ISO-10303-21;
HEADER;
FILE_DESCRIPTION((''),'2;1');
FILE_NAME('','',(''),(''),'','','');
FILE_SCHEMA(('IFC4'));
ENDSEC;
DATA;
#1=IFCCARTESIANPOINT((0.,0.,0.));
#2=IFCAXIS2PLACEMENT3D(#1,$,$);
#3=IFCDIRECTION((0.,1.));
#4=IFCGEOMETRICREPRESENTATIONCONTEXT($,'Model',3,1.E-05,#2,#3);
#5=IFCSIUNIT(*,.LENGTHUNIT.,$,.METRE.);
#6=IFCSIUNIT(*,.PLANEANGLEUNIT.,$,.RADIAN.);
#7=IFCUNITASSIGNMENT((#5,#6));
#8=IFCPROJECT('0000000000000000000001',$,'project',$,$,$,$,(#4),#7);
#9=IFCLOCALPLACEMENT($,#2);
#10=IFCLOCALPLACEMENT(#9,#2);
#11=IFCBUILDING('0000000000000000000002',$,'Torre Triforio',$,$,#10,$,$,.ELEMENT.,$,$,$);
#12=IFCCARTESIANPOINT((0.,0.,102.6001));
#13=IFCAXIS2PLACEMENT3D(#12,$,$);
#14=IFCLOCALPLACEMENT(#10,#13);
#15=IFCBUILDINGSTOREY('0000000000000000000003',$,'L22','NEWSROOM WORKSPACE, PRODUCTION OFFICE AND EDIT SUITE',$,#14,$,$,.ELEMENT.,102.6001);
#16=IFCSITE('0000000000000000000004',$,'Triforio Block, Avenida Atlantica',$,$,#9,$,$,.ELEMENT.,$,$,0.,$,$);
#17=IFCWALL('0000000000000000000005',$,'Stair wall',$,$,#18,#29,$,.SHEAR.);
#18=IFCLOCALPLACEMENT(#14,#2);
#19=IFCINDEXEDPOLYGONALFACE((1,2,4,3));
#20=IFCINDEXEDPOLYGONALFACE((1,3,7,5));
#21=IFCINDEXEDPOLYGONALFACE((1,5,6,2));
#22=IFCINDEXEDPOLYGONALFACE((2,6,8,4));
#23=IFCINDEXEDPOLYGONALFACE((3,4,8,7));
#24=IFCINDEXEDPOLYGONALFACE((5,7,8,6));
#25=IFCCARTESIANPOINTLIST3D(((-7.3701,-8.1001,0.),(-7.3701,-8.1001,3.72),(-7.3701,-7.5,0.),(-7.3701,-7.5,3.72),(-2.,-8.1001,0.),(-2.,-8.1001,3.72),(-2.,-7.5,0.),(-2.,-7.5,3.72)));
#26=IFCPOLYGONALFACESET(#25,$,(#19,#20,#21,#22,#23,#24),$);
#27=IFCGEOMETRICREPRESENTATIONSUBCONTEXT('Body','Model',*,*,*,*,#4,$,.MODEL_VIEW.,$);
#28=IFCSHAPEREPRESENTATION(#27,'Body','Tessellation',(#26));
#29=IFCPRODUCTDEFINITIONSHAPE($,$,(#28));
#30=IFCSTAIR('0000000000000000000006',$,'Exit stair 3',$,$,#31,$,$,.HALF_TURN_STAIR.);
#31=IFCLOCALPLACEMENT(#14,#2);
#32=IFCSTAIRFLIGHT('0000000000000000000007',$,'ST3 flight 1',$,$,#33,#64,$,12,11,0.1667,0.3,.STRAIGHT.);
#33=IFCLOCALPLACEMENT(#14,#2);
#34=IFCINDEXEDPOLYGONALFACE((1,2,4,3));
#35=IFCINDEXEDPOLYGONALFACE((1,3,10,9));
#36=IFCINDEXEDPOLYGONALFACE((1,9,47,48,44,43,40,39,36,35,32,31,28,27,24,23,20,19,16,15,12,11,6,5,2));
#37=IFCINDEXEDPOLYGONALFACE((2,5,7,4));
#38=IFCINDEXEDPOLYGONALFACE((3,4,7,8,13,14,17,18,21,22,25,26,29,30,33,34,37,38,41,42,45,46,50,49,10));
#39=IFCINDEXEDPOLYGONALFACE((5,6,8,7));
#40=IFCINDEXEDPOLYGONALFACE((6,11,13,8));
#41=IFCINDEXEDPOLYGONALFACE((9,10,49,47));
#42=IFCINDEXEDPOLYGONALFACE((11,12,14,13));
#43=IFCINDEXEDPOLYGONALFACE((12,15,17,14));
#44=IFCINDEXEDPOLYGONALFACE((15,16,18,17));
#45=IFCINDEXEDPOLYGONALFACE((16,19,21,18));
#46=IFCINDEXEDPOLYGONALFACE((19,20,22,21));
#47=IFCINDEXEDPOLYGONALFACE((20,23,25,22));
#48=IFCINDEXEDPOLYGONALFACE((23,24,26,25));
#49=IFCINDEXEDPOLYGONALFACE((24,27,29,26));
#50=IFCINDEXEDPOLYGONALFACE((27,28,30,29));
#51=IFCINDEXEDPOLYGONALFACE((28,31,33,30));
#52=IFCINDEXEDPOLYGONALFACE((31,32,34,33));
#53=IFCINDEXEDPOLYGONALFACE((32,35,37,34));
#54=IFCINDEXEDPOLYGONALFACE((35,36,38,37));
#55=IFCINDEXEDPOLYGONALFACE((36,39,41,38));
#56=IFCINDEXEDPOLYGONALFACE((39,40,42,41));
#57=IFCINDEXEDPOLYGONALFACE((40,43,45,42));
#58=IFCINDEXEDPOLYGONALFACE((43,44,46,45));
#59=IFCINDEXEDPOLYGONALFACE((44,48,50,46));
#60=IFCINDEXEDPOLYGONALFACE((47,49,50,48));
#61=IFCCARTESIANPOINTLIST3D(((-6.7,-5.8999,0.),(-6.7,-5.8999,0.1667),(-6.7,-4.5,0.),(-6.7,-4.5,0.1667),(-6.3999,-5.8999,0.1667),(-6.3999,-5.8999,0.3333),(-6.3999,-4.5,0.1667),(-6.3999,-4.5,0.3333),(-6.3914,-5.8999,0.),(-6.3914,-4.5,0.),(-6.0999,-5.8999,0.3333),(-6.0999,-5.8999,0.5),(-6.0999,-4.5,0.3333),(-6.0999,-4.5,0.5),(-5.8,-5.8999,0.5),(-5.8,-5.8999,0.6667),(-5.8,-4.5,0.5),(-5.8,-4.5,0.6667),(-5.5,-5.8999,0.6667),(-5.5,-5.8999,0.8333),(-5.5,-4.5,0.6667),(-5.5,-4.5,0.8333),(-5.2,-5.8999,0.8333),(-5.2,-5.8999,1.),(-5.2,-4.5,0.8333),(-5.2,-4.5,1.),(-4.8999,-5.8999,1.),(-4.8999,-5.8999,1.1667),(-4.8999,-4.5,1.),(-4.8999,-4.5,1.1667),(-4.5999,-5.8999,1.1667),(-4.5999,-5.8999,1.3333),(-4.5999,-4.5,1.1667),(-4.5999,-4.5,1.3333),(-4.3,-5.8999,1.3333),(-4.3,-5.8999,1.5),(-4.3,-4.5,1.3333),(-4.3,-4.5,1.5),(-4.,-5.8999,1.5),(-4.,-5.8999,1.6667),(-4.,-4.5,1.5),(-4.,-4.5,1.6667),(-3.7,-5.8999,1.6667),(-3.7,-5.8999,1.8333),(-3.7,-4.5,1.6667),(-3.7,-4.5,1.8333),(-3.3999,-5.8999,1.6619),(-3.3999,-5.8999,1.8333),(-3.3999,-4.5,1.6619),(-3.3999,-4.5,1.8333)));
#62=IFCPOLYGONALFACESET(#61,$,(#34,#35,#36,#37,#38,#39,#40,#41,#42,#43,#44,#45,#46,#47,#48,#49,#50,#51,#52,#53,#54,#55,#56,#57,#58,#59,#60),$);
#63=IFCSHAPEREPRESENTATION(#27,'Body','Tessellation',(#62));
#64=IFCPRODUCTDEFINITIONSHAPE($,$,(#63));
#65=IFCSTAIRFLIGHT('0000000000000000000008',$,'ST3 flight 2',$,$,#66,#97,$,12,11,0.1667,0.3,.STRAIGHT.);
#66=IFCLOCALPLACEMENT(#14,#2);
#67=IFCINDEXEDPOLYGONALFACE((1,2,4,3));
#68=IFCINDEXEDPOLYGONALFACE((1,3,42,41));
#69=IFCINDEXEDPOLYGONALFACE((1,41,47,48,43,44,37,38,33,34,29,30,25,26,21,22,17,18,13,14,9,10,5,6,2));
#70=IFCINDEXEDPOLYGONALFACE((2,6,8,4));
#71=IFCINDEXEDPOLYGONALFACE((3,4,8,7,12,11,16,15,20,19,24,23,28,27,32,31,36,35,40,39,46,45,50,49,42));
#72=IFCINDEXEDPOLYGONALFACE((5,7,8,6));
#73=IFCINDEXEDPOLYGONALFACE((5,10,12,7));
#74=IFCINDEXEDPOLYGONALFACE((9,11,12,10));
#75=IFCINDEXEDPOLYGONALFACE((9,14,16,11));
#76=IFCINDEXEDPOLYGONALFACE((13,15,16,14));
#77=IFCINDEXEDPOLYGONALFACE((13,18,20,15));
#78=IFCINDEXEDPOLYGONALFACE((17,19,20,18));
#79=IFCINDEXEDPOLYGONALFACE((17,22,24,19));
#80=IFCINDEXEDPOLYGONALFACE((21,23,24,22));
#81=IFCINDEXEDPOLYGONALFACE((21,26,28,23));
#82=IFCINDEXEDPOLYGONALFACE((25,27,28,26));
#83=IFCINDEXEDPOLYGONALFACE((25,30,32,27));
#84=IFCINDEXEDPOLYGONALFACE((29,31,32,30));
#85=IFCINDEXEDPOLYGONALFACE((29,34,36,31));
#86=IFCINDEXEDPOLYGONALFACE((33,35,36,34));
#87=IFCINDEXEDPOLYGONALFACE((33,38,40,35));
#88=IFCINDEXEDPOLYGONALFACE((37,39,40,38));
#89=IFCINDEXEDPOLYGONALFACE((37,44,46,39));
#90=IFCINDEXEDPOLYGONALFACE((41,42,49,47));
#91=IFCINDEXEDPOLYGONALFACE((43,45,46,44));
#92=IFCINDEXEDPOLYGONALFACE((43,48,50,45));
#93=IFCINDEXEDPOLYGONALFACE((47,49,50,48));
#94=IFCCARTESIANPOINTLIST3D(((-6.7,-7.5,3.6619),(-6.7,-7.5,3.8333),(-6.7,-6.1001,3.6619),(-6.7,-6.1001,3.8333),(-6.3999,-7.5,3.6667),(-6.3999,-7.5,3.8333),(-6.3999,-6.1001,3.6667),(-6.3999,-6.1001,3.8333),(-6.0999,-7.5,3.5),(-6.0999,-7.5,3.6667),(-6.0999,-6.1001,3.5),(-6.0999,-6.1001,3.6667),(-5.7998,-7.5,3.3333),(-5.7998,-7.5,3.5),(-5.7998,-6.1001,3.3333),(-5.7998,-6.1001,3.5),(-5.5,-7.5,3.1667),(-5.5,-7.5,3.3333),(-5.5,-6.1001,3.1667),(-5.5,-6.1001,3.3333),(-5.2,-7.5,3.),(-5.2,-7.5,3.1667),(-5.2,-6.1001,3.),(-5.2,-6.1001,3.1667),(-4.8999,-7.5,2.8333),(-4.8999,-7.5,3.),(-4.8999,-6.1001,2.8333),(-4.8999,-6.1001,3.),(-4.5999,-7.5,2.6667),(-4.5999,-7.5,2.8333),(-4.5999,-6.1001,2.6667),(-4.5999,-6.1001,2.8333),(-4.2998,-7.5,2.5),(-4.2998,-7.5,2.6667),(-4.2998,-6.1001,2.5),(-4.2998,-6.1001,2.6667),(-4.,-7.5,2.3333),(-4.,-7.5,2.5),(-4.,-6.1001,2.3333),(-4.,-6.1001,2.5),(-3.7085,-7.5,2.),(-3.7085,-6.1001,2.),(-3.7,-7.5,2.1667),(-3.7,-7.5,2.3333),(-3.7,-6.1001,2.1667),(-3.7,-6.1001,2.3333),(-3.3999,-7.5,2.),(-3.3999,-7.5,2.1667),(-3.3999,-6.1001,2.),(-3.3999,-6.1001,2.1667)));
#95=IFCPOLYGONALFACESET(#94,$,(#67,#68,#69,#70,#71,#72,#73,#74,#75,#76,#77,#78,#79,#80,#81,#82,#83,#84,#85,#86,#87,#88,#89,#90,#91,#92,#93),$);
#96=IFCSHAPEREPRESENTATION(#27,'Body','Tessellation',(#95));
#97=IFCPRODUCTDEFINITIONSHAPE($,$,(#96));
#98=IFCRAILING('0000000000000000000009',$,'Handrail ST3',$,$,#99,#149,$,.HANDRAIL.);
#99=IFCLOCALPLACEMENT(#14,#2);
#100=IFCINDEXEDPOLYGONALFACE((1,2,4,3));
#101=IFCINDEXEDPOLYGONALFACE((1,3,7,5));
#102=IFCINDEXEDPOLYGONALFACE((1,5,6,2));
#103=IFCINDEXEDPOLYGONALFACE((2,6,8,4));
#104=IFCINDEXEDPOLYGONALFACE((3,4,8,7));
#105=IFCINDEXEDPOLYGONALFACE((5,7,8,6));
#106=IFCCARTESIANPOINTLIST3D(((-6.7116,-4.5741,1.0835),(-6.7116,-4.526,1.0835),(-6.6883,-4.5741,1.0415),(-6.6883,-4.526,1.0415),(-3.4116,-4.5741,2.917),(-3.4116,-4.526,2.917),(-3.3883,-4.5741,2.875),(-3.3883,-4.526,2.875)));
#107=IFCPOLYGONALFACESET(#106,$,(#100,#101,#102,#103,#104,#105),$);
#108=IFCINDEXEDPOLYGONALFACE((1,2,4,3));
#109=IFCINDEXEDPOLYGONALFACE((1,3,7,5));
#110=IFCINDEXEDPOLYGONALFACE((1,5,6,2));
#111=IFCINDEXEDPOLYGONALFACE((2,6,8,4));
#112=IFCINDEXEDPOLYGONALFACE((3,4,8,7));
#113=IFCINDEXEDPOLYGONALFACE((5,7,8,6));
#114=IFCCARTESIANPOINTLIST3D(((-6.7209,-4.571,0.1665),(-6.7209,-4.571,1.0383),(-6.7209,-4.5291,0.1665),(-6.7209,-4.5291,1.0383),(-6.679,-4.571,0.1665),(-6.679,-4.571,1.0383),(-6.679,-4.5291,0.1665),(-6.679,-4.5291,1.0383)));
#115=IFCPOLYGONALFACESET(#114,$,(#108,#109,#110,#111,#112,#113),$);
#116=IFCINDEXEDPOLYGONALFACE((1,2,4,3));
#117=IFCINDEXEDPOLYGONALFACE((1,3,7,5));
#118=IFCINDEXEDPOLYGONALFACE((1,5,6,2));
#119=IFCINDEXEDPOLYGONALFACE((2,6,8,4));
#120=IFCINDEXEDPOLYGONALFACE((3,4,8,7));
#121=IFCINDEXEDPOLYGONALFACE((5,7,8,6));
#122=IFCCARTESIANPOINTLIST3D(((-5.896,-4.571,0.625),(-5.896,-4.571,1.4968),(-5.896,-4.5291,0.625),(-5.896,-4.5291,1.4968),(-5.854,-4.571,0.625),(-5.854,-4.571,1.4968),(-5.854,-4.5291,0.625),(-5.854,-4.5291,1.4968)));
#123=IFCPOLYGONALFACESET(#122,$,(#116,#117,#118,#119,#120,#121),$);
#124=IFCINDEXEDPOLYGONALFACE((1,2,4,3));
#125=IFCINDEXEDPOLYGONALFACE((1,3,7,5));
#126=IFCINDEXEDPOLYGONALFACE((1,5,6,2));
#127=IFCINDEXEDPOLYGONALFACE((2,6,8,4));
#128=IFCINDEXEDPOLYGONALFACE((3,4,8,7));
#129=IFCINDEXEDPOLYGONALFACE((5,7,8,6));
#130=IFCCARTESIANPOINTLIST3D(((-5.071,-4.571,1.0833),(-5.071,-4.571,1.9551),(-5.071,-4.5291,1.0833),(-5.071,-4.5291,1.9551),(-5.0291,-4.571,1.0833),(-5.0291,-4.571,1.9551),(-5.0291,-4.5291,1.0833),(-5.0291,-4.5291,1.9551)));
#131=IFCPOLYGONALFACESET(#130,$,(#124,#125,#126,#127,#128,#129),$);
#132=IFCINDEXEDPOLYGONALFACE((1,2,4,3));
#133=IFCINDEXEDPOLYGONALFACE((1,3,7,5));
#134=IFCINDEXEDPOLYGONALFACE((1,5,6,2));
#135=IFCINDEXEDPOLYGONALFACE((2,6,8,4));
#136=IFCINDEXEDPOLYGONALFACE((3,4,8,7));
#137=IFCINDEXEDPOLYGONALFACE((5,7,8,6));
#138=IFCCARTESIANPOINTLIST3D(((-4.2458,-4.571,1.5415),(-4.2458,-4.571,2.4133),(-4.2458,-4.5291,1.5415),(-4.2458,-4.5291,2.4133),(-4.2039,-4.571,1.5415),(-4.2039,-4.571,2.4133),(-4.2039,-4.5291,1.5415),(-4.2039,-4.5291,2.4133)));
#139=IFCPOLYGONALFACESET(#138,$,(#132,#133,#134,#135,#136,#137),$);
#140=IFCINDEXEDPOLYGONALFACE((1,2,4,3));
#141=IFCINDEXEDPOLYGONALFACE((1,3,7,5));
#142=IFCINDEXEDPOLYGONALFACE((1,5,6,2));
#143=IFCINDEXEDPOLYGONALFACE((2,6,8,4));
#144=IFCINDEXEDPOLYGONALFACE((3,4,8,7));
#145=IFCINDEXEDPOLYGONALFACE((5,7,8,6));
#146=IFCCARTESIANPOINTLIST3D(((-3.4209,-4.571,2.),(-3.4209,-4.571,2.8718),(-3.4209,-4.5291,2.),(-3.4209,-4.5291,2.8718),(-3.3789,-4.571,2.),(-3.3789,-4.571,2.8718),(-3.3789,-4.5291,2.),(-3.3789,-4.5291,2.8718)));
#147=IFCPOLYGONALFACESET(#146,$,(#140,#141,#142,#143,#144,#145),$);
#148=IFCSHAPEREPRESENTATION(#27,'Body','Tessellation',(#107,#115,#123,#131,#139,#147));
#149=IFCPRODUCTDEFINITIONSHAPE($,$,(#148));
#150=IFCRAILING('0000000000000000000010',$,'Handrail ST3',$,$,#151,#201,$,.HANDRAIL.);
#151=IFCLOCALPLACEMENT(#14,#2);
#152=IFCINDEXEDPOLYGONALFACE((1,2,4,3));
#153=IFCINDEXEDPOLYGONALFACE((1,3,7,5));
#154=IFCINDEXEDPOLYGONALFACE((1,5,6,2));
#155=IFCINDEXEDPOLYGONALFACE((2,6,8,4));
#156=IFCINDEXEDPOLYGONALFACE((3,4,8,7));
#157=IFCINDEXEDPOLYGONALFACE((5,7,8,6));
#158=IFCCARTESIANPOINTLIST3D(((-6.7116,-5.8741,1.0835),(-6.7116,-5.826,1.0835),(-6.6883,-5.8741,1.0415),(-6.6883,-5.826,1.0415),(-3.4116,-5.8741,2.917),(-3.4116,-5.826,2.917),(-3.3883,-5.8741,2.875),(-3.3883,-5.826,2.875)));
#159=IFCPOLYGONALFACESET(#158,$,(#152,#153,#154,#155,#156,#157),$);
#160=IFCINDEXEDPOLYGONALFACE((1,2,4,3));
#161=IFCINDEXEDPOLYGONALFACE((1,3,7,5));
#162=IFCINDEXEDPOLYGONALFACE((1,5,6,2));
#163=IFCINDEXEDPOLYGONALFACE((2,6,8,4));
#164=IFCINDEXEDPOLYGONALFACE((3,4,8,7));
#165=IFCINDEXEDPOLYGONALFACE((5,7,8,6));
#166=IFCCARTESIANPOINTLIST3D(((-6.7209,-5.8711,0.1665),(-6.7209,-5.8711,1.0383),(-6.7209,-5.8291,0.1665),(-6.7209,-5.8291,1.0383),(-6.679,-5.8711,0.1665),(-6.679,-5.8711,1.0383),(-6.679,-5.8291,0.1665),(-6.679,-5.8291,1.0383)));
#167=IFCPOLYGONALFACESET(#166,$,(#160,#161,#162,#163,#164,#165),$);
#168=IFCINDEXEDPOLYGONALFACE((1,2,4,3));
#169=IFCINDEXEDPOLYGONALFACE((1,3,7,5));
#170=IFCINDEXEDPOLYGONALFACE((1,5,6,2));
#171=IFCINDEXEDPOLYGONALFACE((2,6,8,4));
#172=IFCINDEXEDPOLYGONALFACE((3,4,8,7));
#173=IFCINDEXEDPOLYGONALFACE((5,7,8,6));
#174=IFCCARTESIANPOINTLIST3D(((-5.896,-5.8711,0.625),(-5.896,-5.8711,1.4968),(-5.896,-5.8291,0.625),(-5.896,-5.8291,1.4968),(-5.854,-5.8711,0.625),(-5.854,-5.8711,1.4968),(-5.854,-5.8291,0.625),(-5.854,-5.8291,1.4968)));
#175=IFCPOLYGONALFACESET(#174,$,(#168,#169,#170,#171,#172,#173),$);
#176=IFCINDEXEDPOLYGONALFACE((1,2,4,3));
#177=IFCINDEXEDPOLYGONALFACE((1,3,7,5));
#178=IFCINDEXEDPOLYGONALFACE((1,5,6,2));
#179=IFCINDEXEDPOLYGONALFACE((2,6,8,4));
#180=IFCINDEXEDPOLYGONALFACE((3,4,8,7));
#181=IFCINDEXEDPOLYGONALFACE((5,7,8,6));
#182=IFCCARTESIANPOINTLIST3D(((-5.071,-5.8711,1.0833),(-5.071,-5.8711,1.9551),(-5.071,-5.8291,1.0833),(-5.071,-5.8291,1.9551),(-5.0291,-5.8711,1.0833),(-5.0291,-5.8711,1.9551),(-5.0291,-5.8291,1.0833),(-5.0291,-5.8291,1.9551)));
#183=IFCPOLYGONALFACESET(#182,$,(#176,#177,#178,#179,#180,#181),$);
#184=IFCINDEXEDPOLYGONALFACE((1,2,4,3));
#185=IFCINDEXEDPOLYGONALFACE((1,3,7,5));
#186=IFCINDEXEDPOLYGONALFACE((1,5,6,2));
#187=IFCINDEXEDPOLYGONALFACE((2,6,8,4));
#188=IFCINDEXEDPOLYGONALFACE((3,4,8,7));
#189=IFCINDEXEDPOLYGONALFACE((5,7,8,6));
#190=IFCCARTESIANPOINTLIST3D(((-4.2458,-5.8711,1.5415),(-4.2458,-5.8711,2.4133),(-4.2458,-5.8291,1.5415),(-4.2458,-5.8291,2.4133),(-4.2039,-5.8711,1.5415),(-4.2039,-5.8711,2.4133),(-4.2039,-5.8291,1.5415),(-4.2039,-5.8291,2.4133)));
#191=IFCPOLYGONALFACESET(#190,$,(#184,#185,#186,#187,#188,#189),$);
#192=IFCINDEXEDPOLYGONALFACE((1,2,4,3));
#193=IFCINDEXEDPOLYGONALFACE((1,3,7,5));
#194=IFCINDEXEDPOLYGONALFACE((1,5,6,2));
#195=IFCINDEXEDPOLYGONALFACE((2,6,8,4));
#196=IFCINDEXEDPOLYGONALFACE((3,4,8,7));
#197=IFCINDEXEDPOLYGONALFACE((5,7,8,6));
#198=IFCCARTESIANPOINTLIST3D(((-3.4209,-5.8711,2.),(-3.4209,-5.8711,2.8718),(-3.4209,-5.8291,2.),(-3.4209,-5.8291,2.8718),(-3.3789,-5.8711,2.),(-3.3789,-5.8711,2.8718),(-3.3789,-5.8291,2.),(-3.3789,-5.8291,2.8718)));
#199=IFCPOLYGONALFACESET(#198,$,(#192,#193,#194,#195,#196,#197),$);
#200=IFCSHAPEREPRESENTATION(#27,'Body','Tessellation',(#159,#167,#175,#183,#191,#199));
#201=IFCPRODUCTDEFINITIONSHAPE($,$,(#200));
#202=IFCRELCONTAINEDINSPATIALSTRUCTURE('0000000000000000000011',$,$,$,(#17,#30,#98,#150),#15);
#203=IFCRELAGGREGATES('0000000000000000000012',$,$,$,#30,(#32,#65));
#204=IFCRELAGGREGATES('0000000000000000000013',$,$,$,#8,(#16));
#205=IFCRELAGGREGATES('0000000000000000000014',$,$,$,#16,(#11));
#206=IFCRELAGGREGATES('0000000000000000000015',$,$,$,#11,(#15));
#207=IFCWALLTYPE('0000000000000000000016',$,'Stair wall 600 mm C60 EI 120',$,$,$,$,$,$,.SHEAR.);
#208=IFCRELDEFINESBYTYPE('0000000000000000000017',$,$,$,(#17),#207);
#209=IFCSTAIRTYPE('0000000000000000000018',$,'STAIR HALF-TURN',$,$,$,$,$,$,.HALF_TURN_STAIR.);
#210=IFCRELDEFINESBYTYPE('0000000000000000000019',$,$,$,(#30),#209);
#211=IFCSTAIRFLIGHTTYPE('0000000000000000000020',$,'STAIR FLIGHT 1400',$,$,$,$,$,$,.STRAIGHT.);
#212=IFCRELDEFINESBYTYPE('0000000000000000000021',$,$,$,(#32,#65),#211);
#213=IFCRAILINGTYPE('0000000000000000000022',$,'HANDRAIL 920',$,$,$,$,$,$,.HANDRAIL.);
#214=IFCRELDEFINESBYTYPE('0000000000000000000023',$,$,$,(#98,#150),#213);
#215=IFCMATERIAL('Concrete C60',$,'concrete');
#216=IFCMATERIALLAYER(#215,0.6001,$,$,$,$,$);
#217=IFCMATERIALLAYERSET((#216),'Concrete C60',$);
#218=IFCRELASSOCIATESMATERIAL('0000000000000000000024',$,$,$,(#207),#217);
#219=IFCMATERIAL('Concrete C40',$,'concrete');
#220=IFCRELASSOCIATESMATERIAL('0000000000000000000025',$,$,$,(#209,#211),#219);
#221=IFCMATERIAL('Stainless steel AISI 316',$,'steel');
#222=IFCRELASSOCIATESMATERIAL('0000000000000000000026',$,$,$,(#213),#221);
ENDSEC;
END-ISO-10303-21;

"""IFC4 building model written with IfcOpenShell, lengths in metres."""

from ifc_helpers import new_model, si_unit, direction, frame, frame_2d, origin, origin_2d, place, context, subcontext, project, spatial, polyline, rectangle, outline, extrude, material, layer, layer_set, type_object, element, aggregate, save


model = new_model("IFC4")

# Units and contexts
model_context = context("Model", 3, precision=1e-05, world=origin(), true_north=direction((0.0, 1.0)))
body_context = subcontext(model_context, "Body", "Model", "MODEL_VIEW")
ifc_project = project(units=[si_unit("LENGTHUNIT", "METRE"), si_unit("PLANEANGLEUNIT", "RADIAN")], contexts=[model_context])

# Site, building, storey
site_placement = place(None, origin())
site = spatial("IfcSite", under=ifc_project, at=site_placement, Name="Triforio Block, Avenida Atlantica", CompositionType="ELEMENT", RefElevation=0.0)
building_placement = place(site_placement, origin())
building = spatial("IfcBuilding", under=site, at=building_placement, Name="Torre Triforio", CompositionType="ELEMENT")
storey_placement = place(building_placement, frame((0.0, 0.0, 102.6001)))
storey = spatial("IfcBuildingStorey", under=building, at=storey_placement, Name="L22", Description="NEWSROOM WORKSPACE, PRODUCTION OFFICE AND EDIT SUITE", CompositionType="ELEMENT", Elevation=102.6001)

# Shared definitions
ifc_material_1 = material(Name="Concrete C60", Category="concrete")

# Wall
ifc_layer_1 = layer(ifc_material_1, 0.6001)
ifc_layer_set_1 = layer_set([ifc_layer_1], Name="Concrete C60")
wall_type_1 = type_object("IfcWallType", Name="Stair wall 600 mm C60 EI 120", PredefinedType="SHEAR", material=ifc_layer_set_1)
wall_1_placement = place(storey_placement, frame((-7.3701, -7.8, 0.0), z_axis=(0.0, 0.0, 1.0), x_axis=(1.0, 0.0, 0.0)))
element("IfcWall", 1, at=wall_1_placement, inside=storey, type_object=wall_type_1, Name="Stair wall", PredefinedType="SHEAR", context=body_context, shape_type="SweptSolid", body=[
    extrude(rectangle(XDim=5.3701, YDim=0.6001, at=frame_2d((2.6851, 0.0))), origin(), (0.0, 0.0, 1.0), 3.72),
])

# Stair, stair flights
ifc_material_2 = material(Name="Concrete C40", Category="concrete")
stair_type = type_object("IfcStairType", Name="STAIR HALF-TURN", PredefinedType="HALF_TURN_STAIR", material=ifc_material_2)
stair_placement = place(storey_placement, origin())
stair = element("IfcStair", 2, at=stair_placement, inside=storey, type_object=stair_type, Name="Exit stair 3", PredefinedType="HALF_TURN_STAIR")
stair_flight_type = type_object("IfcStairFlightType", Name="STAIR FLIGHT 1400", PredefinedType="STRAIGHT", material=ifc_material_2)
stair_flight_1_placement = place(storey_placement, frame((-6.7, -5.2, 0.0), z_axis=(0.0, 0.0, 1.0), x_axis=(1.0, 0.0, 0.0)))
stair_flight_1 = element("IfcStairFlight", 3, at=stair_flight_1_placement, type_object=stair_flight_type, Name="ST3 flight 1", NumberOfRisers=12, NumberOfTreads=11, PredefinedType="STRAIGHT", RiserHeight=0.1667, TreadLength=0.3, context=body_context, shape_type="SweptSolid", body=[
    extrude(outline(polyline([(0.0, 0.0), (0.0, 0.1667), (0.3, 0.1667), (0.3, 0.3333), (0.6001, 0.3333), (0.6001, 0.5), (0.8999, 0.5), (0.8999, 0.6667), (1.2, 0.6667), (1.2, 0.8333), (1.5, 0.8333), (1.5, 1.0), (1.8, 1.0), (1.8, 1.1667), (2.1001, 1.1667), (2.1001, 1.3333), (2.3999, 1.3333), (2.3999, 1.5), (2.7, 1.5), (2.7, 1.6667), (3.0, 1.6667), (3.0, 1.8333), (3.3, 1.8333), (3.3, 2.0), (3.3, 1.6619), (0.3086, 0.0), (0.0, 0.0)])), frame((0.0, 0.7, 0.0), z_axis=(0.0, -1.0, 0.0), x_axis=(1.0, 0.0, 0.0)), (0.0, 0.0, 1.0), 1.3999),
])
stair_flight_2_placement = place(storey_placement, frame((-3.3999, -6.8, 2.0), z_axis=(0.0, 0.0, 1.0), x_axis=(-1.0, 0.0, 0.0)))
stair_flight_2 = element("IfcStairFlight", 4, at=stair_flight_2_placement, type_object=stair_flight_type, Name="ST3 flight 2", NumberOfRisers=12, NumberOfTreads=11, PredefinedType="STRAIGHT", RiserHeight=0.1667, TreadLength=0.3, context=body_context, shape_type="SweptSolid", body=[
    extrude(outline(polyline([(0.0, 0.0), (0.0, 0.1667), (0.3, 0.1667), (0.3, 0.3333), (0.6001, 0.3333), (0.6001, 0.5), (0.8999, 0.5), (0.8999, 0.6667), (1.2, 0.6667), (1.2, 0.8333), (1.5, 0.8333), (1.5, 1.0), (1.8, 1.0), (1.8, 1.1667), (2.1001, 1.1667), (2.1001, 1.3333), (2.3999, 1.3333), (2.3999, 1.5), (2.7, 1.5), (2.7, 1.6667), (3.0, 1.6667), (3.0, 1.8333), (3.3, 1.8333), (3.3, 2.0), (3.3, 1.6619), (0.3086, 0.0), (0.0, 0.0)])), frame((0.0, 0.7, 0.0), z_axis=(0.0, -1.0, 0.0), x_axis=(1.0, 0.0, 0.0)), (0.0, 0.0, 1.0), 1.3999),
])
aggregate(stair, [stair_flight_1, stair_flight_2])

# Railings
ifc_material_3 = material(Name="Stainless steel AISI 316", Category="steel")
railing_type = type_object("IfcRailingType", Name="HANDRAIL 920", PredefinedType="HANDRAIL", material=ifc_material_3)
for number, where, name in (
    (5, (-6.7, -4.55, 0.1665), "Handrail ST3"),
    (6, (-6.7, -5.8501, 0.1665), "Handrail ST3"),
):
    element("IfcRailing", number, at=place(storey_placement, frame(where)), inside=storey, type_object=railing_type, Name=name, PredefinedType="HANDRAIL", context=body_context, shape_type="SweptSolid", body=[
        extrude(rectangle(XDim=0.0481, YDim=0.0481, at=origin_2d()), frame((0.0, 0.0, 0.896), z_axis=(0.874142, 0.0, 0.48567), x_axis=(0.0, 1.0, 0.0)), (0.0, 0.0, 1.0), 3.7751),
        extrude(rectangle(XDim=0.042, YDim=0.042, at=origin_2d()), origin(), (0.0, 0.0, 1.0), 0.8718),
        extrude(rectangle(XDim=0.042, YDim=0.042, at=origin_2d()), frame((0.825, 0.0, 0.4585)), (0.0, 0.0, 1.0), 0.8718),
        extrude(rectangle(XDim=0.042, YDim=0.042, at=origin_2d()), frame((1.6499, 0.0, 0.9167)), (0.0, 0.0, 1.0), 0.8718),
        extrude(rectangle(XDim=0.042, YDim=0.042, at=origin_2d()), frame((2.4751, 0.0, 1.375)), (0.0, 0.0, 1.0), 0.8718),
        extrude(rectangle(XDim=0.042, YDim=0.042, at=origin_2d()), frame((3.3, 0.0, 1.8335)), (0.0, 0.0, 1.0), 0.8718),
    ])

save(model, "model.ifc")
